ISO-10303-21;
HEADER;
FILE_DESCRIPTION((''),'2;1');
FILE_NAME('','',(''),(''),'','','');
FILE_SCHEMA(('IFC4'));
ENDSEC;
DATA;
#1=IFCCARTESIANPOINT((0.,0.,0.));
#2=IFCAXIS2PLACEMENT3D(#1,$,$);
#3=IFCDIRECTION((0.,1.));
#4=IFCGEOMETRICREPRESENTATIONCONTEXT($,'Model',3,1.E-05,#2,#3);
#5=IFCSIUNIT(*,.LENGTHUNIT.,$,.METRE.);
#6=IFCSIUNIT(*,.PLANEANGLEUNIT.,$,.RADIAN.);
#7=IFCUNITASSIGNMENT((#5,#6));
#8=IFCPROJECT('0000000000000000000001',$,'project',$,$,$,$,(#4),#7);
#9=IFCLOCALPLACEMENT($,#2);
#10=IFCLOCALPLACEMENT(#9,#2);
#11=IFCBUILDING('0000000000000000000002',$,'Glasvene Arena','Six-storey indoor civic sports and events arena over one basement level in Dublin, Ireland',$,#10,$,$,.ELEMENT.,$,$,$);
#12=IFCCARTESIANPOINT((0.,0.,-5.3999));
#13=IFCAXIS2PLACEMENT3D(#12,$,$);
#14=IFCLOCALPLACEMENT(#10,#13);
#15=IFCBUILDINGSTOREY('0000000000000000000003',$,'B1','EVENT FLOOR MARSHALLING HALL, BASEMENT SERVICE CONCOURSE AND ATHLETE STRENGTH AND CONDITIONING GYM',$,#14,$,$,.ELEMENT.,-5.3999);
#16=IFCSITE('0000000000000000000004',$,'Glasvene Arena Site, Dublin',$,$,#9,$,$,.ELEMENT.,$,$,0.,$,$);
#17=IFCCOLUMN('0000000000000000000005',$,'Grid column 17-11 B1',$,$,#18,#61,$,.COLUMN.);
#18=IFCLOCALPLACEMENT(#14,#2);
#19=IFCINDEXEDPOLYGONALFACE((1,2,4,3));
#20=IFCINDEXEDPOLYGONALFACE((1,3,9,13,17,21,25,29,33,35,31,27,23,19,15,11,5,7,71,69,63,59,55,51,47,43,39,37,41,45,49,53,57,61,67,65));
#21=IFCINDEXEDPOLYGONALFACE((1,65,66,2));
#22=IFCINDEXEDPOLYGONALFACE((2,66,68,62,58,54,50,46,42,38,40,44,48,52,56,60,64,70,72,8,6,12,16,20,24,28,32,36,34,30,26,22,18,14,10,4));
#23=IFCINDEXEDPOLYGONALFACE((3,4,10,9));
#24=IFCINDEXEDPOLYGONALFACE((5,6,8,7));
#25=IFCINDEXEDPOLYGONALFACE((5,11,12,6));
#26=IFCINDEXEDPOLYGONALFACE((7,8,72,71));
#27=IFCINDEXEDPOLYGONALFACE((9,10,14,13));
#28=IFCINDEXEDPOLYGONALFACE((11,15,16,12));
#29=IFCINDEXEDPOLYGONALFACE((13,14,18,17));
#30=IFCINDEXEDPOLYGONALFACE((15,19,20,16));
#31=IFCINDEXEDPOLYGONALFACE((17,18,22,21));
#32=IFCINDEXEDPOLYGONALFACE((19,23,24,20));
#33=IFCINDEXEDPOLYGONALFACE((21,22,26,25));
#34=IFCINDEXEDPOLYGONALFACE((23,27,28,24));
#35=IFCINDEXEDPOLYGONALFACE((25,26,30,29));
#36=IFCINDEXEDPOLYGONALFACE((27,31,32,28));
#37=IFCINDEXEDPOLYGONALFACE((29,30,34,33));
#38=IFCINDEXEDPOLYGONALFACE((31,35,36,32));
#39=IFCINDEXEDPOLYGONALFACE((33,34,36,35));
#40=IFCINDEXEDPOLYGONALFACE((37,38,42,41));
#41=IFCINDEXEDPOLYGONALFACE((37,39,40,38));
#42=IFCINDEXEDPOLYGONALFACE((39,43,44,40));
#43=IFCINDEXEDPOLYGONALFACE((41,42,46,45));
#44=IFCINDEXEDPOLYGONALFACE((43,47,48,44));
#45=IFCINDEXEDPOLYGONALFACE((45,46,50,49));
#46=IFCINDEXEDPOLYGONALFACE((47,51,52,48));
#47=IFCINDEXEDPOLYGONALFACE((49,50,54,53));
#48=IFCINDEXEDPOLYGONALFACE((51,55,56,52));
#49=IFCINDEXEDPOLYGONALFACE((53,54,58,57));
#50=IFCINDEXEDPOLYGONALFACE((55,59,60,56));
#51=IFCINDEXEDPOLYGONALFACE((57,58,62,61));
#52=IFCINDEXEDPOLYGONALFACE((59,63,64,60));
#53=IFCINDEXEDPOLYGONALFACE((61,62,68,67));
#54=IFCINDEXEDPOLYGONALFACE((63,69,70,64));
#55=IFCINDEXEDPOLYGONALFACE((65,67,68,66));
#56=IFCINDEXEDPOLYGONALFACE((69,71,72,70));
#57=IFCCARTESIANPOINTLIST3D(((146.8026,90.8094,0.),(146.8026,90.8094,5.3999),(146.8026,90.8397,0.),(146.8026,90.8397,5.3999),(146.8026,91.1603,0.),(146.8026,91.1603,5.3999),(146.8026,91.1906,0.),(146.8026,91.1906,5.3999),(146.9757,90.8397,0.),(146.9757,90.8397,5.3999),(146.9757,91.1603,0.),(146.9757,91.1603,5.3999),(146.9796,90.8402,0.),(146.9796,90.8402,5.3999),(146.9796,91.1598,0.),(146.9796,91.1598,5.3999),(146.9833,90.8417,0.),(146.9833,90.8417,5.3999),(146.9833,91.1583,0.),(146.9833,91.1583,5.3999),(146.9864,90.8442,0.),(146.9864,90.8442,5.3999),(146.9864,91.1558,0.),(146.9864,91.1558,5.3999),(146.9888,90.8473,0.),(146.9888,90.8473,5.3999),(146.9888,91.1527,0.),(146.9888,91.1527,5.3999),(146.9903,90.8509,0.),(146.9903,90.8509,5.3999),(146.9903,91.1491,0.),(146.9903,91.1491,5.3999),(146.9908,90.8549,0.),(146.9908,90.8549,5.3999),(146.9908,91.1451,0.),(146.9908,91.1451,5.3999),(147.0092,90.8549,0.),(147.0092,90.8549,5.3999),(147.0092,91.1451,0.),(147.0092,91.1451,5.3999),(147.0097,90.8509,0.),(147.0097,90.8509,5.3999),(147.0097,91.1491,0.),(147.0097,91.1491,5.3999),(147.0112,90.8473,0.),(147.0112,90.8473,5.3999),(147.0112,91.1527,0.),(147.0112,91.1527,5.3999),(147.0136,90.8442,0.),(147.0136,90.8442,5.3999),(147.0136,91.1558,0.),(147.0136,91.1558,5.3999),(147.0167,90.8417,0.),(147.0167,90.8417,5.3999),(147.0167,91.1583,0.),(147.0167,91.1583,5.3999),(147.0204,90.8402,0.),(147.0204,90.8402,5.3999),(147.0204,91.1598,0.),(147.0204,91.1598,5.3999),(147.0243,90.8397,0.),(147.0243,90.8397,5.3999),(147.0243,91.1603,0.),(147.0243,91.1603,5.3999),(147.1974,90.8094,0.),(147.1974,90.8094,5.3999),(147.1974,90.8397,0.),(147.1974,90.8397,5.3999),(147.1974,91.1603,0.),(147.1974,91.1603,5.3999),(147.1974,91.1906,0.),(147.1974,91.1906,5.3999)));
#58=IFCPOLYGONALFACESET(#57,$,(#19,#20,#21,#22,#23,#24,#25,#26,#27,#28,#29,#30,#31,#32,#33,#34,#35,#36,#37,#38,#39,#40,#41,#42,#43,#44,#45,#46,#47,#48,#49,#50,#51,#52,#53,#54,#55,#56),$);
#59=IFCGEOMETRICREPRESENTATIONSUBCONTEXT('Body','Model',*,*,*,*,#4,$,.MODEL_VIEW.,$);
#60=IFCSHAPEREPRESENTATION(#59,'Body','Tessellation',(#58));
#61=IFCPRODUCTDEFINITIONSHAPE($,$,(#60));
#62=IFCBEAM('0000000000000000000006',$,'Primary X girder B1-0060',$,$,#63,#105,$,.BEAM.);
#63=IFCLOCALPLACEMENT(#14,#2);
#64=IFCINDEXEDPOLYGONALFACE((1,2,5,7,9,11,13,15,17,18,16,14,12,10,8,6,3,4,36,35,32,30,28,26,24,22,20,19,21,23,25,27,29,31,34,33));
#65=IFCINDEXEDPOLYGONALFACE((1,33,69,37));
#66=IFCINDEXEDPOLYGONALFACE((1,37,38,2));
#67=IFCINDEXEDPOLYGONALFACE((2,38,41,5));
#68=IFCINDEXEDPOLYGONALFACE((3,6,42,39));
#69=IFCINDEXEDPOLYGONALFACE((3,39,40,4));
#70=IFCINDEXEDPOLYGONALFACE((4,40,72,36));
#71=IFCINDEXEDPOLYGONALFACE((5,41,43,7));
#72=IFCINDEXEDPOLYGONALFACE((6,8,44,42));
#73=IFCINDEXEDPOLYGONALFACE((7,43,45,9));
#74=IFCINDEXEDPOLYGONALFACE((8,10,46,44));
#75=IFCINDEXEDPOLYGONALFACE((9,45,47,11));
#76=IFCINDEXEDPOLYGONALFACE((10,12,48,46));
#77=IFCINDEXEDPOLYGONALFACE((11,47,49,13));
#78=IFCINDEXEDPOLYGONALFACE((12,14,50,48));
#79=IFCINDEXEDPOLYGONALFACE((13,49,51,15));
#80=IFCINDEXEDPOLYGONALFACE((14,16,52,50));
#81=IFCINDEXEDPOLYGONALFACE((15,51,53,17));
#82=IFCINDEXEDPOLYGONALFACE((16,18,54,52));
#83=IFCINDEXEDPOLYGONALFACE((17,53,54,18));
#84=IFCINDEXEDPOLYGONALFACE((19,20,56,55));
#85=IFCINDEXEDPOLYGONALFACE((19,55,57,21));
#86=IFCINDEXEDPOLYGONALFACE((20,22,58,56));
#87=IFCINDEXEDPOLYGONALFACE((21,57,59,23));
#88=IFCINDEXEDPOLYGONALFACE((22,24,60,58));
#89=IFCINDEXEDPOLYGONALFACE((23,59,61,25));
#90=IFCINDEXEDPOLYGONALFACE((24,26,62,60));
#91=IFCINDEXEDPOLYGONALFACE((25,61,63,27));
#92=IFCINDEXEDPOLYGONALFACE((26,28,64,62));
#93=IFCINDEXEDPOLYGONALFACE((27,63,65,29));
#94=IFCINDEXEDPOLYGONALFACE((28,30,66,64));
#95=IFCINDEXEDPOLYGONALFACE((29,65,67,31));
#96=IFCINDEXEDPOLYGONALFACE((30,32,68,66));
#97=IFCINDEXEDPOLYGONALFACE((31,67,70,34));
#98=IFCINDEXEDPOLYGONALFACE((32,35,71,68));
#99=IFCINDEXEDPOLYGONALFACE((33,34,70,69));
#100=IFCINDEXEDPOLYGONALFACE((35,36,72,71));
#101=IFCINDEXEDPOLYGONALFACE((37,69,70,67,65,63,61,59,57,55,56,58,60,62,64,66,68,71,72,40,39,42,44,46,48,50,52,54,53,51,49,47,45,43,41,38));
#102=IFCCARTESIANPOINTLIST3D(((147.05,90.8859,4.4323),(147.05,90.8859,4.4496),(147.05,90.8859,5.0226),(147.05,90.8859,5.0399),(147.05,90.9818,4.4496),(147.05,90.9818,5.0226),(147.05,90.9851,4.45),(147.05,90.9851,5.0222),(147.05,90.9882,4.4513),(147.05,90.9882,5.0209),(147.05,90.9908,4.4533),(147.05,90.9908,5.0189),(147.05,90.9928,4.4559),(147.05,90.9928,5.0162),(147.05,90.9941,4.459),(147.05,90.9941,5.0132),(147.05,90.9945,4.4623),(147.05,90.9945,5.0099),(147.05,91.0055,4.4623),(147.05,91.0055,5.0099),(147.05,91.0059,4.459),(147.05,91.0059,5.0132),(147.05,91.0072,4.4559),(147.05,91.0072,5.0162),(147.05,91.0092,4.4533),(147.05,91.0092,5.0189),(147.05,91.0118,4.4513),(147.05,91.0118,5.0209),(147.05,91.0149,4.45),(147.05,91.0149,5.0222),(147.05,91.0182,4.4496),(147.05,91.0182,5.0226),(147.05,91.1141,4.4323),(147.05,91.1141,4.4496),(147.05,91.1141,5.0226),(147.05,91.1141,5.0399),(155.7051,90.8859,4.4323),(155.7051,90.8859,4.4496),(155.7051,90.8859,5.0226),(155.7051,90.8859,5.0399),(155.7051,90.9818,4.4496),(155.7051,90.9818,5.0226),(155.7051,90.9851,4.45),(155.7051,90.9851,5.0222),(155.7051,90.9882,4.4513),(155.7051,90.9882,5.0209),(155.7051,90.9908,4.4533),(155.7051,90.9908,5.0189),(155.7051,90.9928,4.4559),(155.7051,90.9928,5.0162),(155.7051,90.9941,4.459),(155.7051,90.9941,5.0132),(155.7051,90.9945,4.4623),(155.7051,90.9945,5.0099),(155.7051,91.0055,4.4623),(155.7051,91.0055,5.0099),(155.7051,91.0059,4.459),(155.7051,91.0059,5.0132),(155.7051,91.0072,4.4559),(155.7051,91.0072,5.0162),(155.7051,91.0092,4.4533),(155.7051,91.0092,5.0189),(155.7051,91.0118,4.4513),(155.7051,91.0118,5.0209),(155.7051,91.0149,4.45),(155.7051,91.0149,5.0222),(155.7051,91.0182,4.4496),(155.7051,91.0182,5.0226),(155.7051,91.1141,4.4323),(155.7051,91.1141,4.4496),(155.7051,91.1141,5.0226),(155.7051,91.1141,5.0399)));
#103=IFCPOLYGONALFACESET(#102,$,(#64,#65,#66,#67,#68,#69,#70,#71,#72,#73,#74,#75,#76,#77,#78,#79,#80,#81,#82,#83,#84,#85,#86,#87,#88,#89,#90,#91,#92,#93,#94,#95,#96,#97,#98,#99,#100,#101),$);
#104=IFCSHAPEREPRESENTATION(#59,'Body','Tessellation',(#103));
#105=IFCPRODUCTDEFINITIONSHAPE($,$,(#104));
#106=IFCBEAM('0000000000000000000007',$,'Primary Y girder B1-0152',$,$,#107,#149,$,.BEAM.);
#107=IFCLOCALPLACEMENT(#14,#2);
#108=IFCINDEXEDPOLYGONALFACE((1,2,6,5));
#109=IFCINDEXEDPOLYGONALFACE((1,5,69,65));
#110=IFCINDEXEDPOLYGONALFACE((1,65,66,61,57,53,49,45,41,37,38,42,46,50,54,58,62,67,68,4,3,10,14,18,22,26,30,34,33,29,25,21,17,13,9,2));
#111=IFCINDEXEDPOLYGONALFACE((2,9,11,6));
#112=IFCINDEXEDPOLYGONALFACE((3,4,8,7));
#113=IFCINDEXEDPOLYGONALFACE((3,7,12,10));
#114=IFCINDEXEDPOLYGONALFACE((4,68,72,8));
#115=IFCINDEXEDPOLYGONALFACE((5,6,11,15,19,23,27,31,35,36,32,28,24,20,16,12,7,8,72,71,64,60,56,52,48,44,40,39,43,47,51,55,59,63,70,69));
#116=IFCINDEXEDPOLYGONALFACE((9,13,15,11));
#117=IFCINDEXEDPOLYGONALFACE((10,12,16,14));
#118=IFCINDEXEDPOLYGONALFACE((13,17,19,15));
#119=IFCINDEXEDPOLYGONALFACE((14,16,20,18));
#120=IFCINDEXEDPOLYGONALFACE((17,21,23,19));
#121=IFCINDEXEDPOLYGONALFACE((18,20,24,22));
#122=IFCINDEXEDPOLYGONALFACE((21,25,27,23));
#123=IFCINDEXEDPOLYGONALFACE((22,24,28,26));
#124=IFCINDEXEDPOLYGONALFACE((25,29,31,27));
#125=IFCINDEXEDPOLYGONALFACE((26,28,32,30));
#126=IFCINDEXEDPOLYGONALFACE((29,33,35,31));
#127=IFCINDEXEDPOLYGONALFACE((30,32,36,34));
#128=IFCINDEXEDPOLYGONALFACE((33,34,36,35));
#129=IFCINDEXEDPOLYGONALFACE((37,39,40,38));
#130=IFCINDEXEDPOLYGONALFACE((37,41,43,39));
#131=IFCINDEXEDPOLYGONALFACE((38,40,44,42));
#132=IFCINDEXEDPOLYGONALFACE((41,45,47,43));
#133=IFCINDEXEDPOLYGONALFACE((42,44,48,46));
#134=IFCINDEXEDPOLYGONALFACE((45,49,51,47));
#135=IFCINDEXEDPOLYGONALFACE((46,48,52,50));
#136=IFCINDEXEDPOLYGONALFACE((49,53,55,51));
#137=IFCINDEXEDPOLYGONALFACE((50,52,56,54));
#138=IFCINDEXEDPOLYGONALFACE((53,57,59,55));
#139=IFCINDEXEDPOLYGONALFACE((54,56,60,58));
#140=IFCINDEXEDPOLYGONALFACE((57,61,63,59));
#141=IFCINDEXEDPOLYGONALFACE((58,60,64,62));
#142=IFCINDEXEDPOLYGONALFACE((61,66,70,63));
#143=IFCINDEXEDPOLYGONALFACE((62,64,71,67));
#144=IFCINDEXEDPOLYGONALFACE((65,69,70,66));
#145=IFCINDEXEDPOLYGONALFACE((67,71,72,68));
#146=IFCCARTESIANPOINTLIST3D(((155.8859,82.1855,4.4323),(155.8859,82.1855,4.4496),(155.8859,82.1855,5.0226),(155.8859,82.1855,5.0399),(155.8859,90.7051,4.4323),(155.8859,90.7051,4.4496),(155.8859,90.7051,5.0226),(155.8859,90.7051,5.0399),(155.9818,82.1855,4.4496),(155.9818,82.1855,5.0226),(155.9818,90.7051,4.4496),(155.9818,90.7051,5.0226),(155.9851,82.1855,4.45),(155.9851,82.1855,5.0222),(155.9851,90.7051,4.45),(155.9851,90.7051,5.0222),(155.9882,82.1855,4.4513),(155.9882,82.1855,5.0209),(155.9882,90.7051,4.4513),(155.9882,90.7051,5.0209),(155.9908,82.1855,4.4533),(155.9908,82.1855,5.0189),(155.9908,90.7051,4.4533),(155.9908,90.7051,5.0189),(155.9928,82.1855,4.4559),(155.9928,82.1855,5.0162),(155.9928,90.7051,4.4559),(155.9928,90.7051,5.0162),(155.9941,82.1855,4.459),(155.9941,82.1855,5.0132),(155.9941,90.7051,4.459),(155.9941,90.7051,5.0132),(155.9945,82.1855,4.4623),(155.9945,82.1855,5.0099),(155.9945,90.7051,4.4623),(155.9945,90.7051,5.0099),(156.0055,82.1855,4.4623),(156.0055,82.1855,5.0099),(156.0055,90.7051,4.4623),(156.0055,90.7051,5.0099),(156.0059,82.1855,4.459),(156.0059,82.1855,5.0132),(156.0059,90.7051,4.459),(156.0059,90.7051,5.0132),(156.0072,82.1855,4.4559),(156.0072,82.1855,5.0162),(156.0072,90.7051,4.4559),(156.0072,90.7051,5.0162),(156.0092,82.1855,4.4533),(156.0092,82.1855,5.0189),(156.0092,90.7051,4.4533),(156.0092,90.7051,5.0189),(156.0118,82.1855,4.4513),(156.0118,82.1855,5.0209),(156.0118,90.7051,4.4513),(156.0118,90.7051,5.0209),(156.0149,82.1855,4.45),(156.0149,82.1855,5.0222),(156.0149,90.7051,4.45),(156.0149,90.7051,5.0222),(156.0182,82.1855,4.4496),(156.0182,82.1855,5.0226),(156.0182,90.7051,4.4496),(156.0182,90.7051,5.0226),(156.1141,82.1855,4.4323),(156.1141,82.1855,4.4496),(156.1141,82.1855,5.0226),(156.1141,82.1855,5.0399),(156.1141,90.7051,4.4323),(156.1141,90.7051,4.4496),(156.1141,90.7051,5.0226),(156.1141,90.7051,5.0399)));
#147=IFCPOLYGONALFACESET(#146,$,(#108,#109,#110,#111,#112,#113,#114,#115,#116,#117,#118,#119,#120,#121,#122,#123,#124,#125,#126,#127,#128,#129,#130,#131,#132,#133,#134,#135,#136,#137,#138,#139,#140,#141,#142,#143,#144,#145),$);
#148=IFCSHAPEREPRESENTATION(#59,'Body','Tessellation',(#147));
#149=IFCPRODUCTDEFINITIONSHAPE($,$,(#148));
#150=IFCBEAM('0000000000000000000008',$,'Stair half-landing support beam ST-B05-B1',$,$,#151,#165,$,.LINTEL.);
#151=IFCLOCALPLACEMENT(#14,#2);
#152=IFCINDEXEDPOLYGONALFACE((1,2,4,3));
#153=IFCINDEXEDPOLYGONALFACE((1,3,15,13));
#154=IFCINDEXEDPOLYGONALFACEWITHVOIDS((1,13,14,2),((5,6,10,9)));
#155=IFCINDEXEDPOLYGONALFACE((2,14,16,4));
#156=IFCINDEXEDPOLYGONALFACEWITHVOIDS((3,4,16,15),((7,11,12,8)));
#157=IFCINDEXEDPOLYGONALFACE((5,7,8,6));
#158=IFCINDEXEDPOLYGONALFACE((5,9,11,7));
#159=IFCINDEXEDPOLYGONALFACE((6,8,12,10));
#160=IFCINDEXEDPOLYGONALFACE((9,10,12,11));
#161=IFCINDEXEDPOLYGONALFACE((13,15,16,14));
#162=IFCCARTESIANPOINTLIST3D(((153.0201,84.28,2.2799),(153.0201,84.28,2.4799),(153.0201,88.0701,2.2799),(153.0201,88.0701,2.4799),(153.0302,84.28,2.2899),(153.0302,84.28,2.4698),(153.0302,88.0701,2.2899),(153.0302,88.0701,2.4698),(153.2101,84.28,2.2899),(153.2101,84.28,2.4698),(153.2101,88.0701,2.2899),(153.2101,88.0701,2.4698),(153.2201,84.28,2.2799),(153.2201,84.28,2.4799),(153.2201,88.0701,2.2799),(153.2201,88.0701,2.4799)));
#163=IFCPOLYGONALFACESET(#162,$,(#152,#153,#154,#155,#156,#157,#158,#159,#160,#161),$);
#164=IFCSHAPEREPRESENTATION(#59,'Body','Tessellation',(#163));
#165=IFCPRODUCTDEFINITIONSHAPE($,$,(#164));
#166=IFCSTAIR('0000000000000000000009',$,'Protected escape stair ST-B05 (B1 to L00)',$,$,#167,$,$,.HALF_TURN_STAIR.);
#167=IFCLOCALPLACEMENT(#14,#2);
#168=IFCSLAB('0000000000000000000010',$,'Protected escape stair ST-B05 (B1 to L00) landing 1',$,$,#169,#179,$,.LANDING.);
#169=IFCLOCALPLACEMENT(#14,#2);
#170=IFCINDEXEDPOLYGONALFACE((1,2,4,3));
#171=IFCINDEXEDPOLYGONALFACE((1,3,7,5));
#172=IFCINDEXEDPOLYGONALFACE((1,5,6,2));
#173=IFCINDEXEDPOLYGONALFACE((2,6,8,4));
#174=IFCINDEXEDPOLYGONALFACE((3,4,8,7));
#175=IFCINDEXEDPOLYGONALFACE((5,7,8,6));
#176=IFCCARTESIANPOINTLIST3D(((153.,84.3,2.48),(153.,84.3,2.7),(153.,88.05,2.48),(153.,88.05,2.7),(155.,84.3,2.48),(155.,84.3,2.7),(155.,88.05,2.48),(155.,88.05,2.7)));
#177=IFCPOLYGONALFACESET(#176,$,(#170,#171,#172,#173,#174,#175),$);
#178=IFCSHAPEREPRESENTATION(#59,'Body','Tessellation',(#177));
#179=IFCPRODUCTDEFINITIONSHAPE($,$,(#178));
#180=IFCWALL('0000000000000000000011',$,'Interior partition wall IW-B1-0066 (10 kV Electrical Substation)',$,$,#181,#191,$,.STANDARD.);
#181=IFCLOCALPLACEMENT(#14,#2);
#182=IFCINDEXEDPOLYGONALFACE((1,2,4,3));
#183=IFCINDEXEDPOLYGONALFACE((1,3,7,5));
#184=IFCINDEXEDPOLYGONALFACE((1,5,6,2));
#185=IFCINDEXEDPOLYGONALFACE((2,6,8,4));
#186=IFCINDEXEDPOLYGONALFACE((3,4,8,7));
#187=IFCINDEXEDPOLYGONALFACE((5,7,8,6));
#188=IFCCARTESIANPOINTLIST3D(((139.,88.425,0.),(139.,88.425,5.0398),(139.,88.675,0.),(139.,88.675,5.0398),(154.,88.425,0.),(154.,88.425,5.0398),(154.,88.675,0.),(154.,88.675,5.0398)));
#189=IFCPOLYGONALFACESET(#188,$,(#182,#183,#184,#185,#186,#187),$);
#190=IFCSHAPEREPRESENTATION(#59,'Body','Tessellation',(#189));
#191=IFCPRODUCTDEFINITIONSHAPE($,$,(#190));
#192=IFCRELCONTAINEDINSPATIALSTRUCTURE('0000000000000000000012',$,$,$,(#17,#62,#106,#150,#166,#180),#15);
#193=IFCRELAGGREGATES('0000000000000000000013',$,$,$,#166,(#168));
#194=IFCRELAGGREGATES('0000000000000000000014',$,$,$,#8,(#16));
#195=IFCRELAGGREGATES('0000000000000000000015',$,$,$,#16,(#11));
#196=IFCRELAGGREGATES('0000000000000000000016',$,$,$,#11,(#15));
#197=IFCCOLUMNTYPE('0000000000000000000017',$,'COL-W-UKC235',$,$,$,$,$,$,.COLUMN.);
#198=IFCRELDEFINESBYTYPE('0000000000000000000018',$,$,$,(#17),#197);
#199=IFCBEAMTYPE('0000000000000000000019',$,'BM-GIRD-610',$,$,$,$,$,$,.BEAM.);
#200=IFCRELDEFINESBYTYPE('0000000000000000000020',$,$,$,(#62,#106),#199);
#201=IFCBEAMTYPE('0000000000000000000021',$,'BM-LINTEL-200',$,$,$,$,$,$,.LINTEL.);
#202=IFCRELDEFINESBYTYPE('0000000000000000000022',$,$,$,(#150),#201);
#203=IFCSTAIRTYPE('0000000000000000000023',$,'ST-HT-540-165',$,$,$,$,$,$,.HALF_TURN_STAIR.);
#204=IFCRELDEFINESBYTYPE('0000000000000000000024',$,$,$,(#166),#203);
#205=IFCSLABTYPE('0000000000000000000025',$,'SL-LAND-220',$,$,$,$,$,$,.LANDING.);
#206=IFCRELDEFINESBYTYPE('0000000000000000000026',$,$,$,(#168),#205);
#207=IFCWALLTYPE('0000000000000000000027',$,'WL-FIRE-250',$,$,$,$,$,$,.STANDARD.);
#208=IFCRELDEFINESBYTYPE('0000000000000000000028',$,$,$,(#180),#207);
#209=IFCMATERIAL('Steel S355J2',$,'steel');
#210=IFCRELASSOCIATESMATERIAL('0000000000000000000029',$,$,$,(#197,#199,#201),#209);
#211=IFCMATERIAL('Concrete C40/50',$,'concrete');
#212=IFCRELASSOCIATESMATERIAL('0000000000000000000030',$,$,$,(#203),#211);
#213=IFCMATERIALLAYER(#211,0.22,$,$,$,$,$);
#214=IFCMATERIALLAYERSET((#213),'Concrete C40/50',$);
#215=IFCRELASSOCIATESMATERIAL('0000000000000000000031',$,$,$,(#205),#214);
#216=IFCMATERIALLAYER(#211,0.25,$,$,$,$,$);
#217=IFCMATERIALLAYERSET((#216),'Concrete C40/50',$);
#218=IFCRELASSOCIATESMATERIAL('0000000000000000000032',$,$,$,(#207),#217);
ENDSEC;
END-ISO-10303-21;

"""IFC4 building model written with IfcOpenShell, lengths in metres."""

from ifc_helpers import new_model, si_unit, direction, frame, frame_2d, origin, origin_2d, place, context, subcontext, project, spatial, polyline, rectangle, hollow_rectangle, i_section, outline, extrude, material, layer, layer_set, material_profile, profile_set, type_object, element, aggregate, save


model = new_model("IFC4")

# Units and contexts
model_context = context("Model", 3, precision=1e-05, world=origin(), true_north=direction((0.0, 1.0)))
body_context = subcontext(model_context, "Body", "Model", "MODEL_VIEW")
ifc_project = project(units=[si_unit("LENGTHUNIT", "METRE"), si_unit("PLANEANGLEUNIT", "RADIAN")], contexts=[model_context])

# Site, building, storey
site_placement = place(None, origin())
site = spatial("IfcSite", under=ifc_project, at=site_placement, Name="Glasvene Arena Site, Dublin", CompositionType="ELEMENT", RefElevation=0.0)
building_placement = place(site_placement, origin())
building = spatial("IfcBuilding", under=site, at=building_placement, Name="Glasvene Arena", Description="Six-storey indoor civic sports and events arena over one basement level in Dublin, Ireland", CompositionType="ELEMENT")
storey_placement = place(building_placement, frame((0.0, 0.0, -5.3999)))
storey = spatial("IfcBuildingStorey", under=building, at=storey_placement, Name="B1", Description="EVENT FLOOR MARSHALLING HALL, BASEMENT SERVICE CONCOURSE AND ATHLETE STRENGTH AND CONDITIONING GYM", CompositionType="ELEMENT", Elevation=-5.3999)

# Shared definitions
ifc_material_1 = material(Name="Concrete C40/50", Category="concrete")

# Column
ifc_material_2 = material(Name="Steel S355J2", Category="steel")
ifc_material_profile_1 = material_profile(ifc_material_2, i_section(OverallWidth=0.3948, OverallDepth=0.3811, WebThickness=0.0183, FlangeThickness=0.0303, FilletRadius=0.0151, at=origin_2d()), Name="UKC 356x406x235")
ifc_profile_set_1 = profile_set([ifc_material_profile_1], Name="Steel S355J2")
column_type_1 = type_object("IfcColumnType", Name="COL-W-UKC235", PredefinedType="COLUMN", material=ifc_profile_set_1)
column_1_placement = place(storey_placement, frame((147.0, 91.0, 0.0), z_axis=(0.0, 0.0, 1.0), x_axis=(1.0, 0.0, 0.0)))
element("IfcColumn", 1, at=column_1_placement, inside=storey, type_object=column_type_1, Name="Grid column 17-11 B1", PredefinedType="COLUMN", context=body_context, shape_type="SweptSolid", body=[
    extrude(i_section(OverallWidth=0.3948, OverallDepth=0.3811, WebThickness=0.0183, FlangeThickness=0.0303, FilletRadius=0.0151, at=origin_2d()), origin(), (0.0, 0.0, 1.0), 5.3999),
])

# Beams
ifc_material_profile_2 = material_profile(ifc_material_2, i_section(OverallWidth=0.2283, OverallDepth=0.6077, WebThickness=0.011, FlangeThickness=0.0173, FilletRadius=0.0127, at=origin_2d()), Name="UKB 610x229x113")
ifc_profile_set_2 = profile_set([ifc_material_profile_2], Name="Steel S355J2")
beam_type_1 = type_object("IfcBeamType", Name="BM-GIRD-610", PredefinedType="BEAM", material=ifc_profile_set_2)
beam_1_placement = place(storey_placement, frame((147.05, 91.0, 4.7361), z_axis=(1.0, 0.0, 0.0), x_axis=(0.0, 1.0, 0.0)))
element("IfcBeam", 2, at=beam_1_placement, inside=storey, type_object=beam_type_1, Name="Primary X girder B1-0060", PredefinedType="BEAM", context=body_context, shape_type="SweptSolid", body=[
    extrude(i_section(OverallWidth=0.2283, OverallDepth=0.6077, WebThickness=0.011, FlangeThickness=0.0173, FilletRadius=0.0127, at=origin_2d()), origin(), (0.0, 0.0, 1.0), 8.655),
])
beam_2_placement = place(storey_placement, frame((156.0, 82.1855, 4.7361), z_axis=(0.0, 1.0, 0.0), x_axis=(-1.0, 0.0, 0.0)))
element("IfcBeam", 3, at=beam_2_placement, inside=storey, type_object=beam_type_1, Name="Primary Y girder B1-0152", PredefinedType="BEAM", context=body_context, shape_type="SweptSolid", body=[
    extrude(i_section(OverallWidth=0.2283, OverallDepth=0.6077, WebThickness=0.011, FlangeThickness=0.0173, FilletRadius=0.0127, at=origin_2d()), origin(), (0.0, 0.0, 1.0), 8.5195),
])
ifc_material_profile_3 = material_profile(ifc_material_2, hollow_rectangle(XDim=0.2, YDim=0.2, WallThickness=0.01, at=origin_2d()), Name="SHS 200x200x10.0")
ifc_profile_set_3 = profile_set([ifc_material_profile_3], Name="Steel S355J2")
beam_type_2 = type_object("IfcBeamType", Name="BM-LINTEL-200", PredefinedType="LINTEL", material=ifc_profile_set_3)
beam_3_placement = place(storey_placement, frame((153.1201, 84.28, 2.3799), z_axis=(0.0, 1.0, 0.0), x_axis=(-1.0, 0.0, 0.0)))
element("IfcBeam", 4, at=beam_3_placement, inside=storey, type_object=beam_type_2, Name="Stair half-landing support beam ST-B05-B1", PredefinedType="LINTEL", context=body_context, shape_type="SweptSolid", body=[
    extrude(hollow_rectangle(XDim=0.2, YDim=0.2, WallThickness=0.01, at=origin_2d()), origin(), (0.0, 0.0, 1.0), 3.79),
])

# Stair, slab
stair_type = type_object("IfcStairType", Name="ST-HT-540-165", PredefinedType="HALF_TURN_STAIR", material=ifc_material_1)
stair_placement = place(storey_placement, origin())
stair = element("IfcStair", 5, at=stair_placement, inside=storey, type_object=stair_type, Name="Protected escape stair ST-B05 (B1 to L00)", PredefinedType="HALF_TURN_STAIR")
ifc_layer_1 = layer(ifc_material_1, 0.22)
ifc_layer_set_1 = layer_set([ifc_layer_1], Name="Concrete C40/50")
slab_type = type_object("IfcSlabType", Name="SL-LAND-220", PredefinedType="LANDING", material=ifc_layer_set_1)
slab_placement = place(storey_placement, frame((154.0, 86.175, 2.48)))
slab = element("IfcSlab", 6, at=slab_placement, type_object=slab_type, Name="Protected escape stair ST-B05 (B1 to L00) landing 1", PredefinedType="LANDING", context=body_context, shape_type="SweptSolid", body=[
    extrude(outline(polyline([(-1.0, -1.875), (1.0, -1.875), (1.0, 1.875), (-1.0, 1.875), (-1.0, -1.875)])), origin(), (0.0, 0.0, 1.0), 0.22),
])

# Wall
ifc_layer_2 = layer(ifc_material_1, 0.25)
ifc_layer_set_2 = layer_set([ifc_layer_2], Name="Concrete C40/50")
wall_type_1 = type_object("IfcWallType", Name="WL-FIRE-250", PredefinedType="STANDARD", material=ifc_layer_set_2)
wall_1_placement = place(storey_placement, frame((154.0, 88.55, 0.0), z_axis=(0.0, 0.0, 1.0), x_axis=(-1.0, 0.0, 0.0)))
element("IfcWall", 7, at=wall_1_placement, inside=storey, type_object=wall_type_1, Name="Interior partition wall IW-B1-0066 (10 kV Electrical Substation)", PredefinedType="STANDARD", context=body_context, shape_type="SweptSolid", body=[
    extrude(rectangle(XDim=15.0, YDim=0.25, at=frame_2d((7.5, 0.0))), origin(), (0.0, 0.0, 1.0), 5.0398),
])

aggregate(stair, [slab])

save(model, "model.ifc")
